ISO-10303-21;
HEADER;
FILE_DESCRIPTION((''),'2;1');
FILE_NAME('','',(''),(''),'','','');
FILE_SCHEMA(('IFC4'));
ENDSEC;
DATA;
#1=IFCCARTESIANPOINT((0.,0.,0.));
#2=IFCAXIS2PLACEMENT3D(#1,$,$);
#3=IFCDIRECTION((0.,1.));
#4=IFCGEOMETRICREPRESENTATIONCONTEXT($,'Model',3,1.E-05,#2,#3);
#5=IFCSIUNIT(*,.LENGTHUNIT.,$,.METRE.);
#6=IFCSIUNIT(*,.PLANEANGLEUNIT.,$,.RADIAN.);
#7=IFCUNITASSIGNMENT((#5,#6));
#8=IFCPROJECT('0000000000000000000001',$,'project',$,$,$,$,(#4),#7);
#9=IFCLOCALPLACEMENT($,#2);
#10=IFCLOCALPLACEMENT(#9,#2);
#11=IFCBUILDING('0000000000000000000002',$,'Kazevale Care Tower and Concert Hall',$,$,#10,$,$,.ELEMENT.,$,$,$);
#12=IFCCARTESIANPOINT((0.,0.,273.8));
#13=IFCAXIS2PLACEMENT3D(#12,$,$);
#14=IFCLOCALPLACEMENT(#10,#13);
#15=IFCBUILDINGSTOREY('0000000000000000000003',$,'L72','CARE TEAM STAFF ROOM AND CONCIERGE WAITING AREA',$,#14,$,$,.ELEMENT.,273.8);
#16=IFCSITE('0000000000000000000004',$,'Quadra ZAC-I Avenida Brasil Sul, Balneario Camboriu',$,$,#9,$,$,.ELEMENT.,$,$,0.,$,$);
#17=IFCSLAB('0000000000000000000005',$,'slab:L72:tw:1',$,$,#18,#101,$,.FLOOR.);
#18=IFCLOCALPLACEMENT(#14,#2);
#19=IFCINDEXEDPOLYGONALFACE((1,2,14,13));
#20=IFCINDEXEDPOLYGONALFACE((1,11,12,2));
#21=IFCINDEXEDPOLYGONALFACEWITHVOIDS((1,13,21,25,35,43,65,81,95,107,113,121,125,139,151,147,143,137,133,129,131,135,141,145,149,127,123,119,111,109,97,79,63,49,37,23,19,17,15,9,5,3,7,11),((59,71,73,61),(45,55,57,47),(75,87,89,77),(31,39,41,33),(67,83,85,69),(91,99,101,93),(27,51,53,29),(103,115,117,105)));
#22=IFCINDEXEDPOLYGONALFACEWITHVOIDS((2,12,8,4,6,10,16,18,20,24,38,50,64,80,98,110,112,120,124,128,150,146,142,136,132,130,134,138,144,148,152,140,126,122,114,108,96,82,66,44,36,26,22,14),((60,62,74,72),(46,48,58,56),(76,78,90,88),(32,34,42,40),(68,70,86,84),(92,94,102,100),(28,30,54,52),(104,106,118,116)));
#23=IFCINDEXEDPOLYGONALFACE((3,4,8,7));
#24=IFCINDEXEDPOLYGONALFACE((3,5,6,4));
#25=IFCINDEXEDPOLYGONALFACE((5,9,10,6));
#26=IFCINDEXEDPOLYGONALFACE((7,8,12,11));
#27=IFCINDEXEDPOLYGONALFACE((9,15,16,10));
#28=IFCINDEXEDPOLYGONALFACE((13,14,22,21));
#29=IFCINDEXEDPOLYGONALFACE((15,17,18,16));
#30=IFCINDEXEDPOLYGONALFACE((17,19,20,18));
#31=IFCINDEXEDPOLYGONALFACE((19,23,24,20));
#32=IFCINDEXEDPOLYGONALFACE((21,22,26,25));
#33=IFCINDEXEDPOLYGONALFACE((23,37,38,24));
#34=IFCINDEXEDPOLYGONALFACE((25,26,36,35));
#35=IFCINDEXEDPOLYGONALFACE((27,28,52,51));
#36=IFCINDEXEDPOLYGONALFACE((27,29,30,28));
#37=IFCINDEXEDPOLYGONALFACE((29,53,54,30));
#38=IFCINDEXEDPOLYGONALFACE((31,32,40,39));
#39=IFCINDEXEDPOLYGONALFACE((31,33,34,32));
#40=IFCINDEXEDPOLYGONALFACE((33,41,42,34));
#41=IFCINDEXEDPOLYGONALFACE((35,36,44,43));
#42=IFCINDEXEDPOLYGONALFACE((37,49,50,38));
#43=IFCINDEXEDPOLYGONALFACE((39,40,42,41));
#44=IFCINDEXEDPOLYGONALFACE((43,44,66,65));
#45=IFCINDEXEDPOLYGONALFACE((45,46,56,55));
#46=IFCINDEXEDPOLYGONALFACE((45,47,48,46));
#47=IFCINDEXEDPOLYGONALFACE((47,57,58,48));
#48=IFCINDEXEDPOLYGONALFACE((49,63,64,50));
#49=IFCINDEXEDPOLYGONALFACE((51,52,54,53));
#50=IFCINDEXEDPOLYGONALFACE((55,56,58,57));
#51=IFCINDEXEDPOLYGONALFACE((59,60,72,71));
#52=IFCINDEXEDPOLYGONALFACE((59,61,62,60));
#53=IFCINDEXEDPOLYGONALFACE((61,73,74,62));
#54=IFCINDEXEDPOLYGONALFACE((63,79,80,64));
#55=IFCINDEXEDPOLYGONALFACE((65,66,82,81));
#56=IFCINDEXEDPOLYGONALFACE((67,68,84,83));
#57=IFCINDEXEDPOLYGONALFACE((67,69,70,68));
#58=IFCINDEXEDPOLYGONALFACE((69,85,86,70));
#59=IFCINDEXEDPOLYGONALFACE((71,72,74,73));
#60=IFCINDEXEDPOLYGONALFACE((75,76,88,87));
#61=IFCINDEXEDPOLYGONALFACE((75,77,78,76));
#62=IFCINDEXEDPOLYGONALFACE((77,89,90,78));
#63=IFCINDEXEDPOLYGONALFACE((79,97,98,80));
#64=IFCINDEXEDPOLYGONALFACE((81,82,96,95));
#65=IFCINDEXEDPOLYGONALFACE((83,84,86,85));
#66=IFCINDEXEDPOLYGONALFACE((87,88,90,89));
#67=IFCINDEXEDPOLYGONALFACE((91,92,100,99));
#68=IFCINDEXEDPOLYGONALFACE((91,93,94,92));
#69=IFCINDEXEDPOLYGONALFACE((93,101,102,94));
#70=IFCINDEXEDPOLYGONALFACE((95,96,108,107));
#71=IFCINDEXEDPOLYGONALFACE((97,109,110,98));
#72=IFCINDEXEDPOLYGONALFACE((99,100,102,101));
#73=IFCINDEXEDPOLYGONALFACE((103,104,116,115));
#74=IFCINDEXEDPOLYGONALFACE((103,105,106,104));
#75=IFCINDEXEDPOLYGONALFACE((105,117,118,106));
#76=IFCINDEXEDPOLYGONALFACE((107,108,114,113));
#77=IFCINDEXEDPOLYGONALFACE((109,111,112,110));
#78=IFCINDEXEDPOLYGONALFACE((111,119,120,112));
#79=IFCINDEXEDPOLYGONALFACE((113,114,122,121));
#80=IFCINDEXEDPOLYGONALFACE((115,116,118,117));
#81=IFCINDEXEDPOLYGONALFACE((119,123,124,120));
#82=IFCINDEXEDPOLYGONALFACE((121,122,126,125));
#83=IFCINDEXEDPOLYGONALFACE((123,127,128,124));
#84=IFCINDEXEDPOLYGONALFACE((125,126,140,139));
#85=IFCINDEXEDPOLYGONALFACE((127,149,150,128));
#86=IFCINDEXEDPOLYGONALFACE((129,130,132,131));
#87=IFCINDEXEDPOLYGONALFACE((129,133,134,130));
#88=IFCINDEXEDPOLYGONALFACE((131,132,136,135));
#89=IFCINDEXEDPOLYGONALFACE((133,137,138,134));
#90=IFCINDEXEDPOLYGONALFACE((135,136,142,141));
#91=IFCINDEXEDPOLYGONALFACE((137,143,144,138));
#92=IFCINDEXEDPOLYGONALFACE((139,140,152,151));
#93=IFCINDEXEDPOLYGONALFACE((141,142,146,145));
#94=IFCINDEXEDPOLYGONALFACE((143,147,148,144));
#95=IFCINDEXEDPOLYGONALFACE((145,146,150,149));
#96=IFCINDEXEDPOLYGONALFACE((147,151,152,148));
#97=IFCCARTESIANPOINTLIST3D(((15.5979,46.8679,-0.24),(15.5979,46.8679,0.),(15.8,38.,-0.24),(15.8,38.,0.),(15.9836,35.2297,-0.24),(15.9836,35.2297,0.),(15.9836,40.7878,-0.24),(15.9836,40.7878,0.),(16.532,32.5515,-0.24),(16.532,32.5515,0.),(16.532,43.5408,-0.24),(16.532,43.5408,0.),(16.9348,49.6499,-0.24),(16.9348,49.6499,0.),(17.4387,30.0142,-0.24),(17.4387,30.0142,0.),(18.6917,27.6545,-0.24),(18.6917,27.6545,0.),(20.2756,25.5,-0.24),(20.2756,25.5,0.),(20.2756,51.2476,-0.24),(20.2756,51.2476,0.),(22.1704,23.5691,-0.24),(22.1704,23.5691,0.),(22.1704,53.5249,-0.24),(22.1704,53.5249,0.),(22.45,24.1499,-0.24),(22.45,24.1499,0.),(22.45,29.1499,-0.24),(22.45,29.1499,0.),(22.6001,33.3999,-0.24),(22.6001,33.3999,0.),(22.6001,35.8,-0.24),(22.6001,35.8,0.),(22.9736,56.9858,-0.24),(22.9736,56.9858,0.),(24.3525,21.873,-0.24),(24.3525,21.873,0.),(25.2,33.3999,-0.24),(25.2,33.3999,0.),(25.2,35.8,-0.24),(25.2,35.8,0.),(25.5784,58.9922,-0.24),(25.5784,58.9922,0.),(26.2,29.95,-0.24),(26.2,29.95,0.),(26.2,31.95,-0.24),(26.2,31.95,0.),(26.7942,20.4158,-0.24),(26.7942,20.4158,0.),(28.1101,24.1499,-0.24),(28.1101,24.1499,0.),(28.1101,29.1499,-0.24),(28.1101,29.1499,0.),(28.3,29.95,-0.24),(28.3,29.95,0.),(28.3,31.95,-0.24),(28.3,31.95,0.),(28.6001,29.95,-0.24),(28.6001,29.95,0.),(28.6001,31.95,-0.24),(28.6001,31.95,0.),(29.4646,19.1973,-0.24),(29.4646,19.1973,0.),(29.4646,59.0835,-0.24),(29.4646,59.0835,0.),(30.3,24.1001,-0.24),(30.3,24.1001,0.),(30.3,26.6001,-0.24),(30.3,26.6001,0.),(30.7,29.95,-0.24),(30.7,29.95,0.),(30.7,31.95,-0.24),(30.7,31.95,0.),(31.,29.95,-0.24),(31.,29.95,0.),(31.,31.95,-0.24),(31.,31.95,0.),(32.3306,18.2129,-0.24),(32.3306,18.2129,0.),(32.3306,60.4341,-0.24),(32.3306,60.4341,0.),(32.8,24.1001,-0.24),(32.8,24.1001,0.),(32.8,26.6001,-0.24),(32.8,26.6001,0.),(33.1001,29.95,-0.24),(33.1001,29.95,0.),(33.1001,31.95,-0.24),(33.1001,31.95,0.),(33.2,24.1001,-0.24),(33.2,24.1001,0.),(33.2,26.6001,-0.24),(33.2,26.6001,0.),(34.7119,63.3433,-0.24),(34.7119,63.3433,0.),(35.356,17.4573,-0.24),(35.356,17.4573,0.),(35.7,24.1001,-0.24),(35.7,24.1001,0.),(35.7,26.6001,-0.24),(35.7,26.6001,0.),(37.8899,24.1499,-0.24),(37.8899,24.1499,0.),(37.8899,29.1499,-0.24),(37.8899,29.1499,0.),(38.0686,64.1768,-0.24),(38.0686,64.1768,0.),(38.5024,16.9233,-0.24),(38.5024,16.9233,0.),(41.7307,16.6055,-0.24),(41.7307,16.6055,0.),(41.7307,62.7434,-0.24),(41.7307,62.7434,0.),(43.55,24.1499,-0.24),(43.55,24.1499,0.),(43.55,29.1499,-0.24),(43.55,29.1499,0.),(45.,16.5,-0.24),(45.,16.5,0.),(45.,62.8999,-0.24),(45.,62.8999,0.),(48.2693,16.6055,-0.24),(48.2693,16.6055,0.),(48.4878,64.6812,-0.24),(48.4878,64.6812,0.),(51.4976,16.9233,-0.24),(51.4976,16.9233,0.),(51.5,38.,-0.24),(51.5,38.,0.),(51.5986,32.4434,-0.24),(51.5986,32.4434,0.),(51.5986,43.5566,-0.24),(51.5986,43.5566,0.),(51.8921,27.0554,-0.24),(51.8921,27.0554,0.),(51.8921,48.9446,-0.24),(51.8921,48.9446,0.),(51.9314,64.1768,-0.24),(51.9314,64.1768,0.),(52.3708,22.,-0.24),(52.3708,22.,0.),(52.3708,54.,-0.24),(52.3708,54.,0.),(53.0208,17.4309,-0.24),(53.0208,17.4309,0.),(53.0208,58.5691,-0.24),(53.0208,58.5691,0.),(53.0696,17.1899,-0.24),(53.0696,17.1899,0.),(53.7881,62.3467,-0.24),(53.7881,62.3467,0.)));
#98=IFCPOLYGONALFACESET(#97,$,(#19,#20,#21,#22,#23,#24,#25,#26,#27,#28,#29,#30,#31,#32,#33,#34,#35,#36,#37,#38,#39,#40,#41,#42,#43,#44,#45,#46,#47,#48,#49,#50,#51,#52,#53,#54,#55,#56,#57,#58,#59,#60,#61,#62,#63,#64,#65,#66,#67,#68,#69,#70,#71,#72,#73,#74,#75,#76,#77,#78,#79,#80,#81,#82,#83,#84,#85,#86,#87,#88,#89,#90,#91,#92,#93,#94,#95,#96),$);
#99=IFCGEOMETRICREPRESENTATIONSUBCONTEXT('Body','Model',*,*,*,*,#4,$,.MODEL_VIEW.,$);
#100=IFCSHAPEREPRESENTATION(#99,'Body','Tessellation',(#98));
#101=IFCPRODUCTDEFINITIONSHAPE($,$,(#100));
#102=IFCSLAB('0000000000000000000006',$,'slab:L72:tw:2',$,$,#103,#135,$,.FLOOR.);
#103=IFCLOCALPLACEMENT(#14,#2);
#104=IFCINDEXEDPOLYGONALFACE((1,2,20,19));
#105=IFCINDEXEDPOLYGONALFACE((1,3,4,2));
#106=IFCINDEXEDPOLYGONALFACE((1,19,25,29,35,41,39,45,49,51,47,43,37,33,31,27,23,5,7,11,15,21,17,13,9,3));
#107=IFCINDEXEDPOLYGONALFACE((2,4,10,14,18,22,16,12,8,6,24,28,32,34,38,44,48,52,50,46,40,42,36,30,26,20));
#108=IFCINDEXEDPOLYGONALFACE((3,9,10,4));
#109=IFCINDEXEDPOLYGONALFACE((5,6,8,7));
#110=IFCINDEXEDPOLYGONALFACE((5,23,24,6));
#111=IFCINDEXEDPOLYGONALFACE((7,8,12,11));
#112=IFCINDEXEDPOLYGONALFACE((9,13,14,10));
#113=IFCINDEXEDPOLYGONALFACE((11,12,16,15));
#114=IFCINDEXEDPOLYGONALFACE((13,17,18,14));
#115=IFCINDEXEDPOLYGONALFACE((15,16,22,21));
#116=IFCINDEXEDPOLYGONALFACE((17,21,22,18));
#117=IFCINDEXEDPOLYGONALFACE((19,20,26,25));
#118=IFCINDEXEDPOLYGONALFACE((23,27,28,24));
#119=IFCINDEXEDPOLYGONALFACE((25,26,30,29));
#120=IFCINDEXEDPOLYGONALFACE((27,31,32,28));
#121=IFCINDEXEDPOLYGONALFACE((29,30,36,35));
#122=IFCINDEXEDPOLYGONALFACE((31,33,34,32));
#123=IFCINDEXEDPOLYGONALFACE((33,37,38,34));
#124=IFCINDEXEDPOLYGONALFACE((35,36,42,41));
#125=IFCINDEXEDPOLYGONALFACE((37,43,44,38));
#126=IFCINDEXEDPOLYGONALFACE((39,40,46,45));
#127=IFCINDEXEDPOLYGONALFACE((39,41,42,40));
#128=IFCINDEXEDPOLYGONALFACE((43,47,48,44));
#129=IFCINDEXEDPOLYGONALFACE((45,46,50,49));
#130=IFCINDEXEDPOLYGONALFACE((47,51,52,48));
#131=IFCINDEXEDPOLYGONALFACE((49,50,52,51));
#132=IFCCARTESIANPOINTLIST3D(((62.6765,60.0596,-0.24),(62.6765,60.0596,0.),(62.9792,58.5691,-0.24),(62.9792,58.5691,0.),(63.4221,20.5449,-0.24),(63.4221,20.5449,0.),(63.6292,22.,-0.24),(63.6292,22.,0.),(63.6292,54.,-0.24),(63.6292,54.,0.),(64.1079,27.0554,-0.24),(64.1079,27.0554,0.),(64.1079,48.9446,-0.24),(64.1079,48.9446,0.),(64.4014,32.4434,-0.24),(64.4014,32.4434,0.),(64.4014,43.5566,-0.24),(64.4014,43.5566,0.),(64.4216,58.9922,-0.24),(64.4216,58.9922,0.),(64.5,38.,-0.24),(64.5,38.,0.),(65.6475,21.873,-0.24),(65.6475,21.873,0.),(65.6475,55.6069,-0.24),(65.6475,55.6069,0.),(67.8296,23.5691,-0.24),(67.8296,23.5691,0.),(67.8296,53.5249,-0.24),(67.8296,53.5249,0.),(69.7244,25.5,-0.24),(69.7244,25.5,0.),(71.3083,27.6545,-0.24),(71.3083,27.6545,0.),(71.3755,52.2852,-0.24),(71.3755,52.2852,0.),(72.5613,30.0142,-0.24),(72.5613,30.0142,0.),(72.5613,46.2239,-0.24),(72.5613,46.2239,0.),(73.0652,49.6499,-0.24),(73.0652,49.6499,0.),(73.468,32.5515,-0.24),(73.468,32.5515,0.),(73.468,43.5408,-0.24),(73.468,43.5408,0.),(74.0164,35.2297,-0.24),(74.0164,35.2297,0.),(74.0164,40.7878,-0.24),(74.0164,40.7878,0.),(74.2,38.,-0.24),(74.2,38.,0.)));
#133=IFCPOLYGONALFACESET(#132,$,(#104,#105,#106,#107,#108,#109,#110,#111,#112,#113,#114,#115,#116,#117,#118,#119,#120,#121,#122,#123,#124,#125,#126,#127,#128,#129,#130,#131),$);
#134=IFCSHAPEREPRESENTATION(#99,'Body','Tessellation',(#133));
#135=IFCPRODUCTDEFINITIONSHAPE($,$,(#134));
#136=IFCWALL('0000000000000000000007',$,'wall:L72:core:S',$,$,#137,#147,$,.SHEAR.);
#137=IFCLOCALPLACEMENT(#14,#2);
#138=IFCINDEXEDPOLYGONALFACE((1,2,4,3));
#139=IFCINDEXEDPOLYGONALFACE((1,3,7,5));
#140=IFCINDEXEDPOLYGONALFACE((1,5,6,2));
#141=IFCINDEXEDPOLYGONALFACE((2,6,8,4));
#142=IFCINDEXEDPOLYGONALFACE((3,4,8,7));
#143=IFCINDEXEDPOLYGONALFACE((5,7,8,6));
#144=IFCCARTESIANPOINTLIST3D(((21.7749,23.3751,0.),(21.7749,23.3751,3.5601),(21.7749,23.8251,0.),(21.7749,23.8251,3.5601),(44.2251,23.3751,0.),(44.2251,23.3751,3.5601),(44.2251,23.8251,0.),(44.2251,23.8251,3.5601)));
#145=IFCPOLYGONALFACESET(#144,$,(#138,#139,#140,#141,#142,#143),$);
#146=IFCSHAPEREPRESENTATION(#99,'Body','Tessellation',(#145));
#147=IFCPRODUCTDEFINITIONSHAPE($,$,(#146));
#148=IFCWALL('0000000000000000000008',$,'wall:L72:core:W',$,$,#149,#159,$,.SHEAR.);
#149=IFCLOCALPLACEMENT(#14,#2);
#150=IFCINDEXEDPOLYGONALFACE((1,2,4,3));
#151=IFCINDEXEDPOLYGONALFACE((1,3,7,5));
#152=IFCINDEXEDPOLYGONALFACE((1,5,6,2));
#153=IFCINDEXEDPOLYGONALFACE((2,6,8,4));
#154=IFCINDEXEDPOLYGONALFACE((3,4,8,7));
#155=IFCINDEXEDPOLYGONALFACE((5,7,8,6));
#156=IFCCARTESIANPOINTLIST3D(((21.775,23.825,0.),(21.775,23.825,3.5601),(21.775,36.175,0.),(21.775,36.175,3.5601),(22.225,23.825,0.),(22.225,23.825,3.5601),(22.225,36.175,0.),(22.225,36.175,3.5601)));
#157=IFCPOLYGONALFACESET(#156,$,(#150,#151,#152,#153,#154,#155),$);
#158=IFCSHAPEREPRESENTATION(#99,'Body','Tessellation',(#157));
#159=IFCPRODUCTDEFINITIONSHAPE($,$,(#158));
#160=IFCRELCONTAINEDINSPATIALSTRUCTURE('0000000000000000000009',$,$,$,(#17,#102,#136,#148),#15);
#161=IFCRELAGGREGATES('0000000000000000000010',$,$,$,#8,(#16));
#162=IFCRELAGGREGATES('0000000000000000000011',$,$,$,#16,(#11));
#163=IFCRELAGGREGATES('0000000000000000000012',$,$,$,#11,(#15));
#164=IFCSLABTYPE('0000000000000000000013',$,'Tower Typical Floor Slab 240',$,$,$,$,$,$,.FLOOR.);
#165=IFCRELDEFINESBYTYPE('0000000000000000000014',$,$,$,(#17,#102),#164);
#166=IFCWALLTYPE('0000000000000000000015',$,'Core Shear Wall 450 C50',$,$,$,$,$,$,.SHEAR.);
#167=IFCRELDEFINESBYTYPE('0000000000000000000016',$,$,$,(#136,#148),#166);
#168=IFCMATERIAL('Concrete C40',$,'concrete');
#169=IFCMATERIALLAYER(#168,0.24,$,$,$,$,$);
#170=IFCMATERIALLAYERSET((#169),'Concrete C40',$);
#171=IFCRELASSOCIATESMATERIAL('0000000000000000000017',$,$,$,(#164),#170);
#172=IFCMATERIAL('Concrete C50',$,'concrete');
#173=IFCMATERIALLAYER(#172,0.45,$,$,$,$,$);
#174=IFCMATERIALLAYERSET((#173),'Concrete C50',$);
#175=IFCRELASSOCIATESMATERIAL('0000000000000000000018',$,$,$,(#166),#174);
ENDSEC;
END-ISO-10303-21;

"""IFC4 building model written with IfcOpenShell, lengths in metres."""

from ifc_helpers import new_model, si_unit, direction, frame, frame_2d, origin, place, context, subcontext, project, spatial, polyline, rectangle, outline, extrude, material, layer, layer_set, type_object, element, save


model = new_model("IFC4")

# Units and contexts
model_context = context("Model", 3, precision=1e-05, world=origin(), true_north=direction((0.0, 1.0)))
body_context = subcontext(model_context, "Body", "Model", "MODEL_VIEW")
ifc_project = project(units=[si_unit("LENGTHUNIT", "METRE"), si_unit("PLANEANGLEUNIT", "RADIAN")], contexts=[model_context])

# Site, building, storey
site_placement = place(None, origin())
site = spatial("IfcSite", under=ifc_project, at=site_placement, Name="Quadra ZAC-I Avenida Brasil Sul, Balneario Camboriu", CompositionType="ELEMENT", RefElevation=0.0)
building_placement = place(site_placement, origin())
building = spatial("IfcBuilding", under=site, at=building_placement, Name="Kazevale Care Tower and Concert Hall", CompositionType="ELEMENT")
storey_placement = place(building_placement, frame((0.0, 0.0, 273.8)))
storey = spatial("IfcBuildingStorey", under=building, at=storey_placement, Name="L72", Description="CARE TEAM STAFF ROOM AND CONCIERGE WAITING AREA", CompositionType="ELEMENT", Elevation=273.8)

# Shared definitions
ifc_material_1 = material(Name="Concrete C50", Category="concrete")

# Shared definitions
ifc_material_2 = material(Name="Concrete C40", Category="concrete")

# Slabs
ifc_layer_1 = layer(ifc_material_2, 0.24)
ifc_layer_set_1 = layer_set([ifc_layer_1], Name="Concrete C40")
slab_type_1 = type_object("IfcSlabType", Name="Tower Typical Floor Slab 240", PredefinedType="FLOOR", material=ifc_layer_set_1)
slab_1_placement = place(storey_placement, frame((0.0, 0.0, -0.24)))
element("IfcSlab", 1, at=slab_1_placement, inside=storey, type_object=slab_type_1, Name="slab:L72:tw:1", PredefinedType="FLOOR", context=body_context, shape_type="SweptSolid", body=[
    extrude(outline(polyline([(51.4976, 16.9233), (48.2693, 16.6055), (45.0, 16.5), (41.7307, 16.6055), (38.5024, 16.9233), (35.356, 17.4573), (32.3306, 18.2129), (29.4646, 19.1973), (26.7942, 20.4158), (24.3525, 21.873), (22.1704, 23.5691), (20.2756, 25.5), (18.6917, 27.6545), (17.4387, 30.0142), (16.532, 32.5515), (15.9836, 35.2297), (15.8, 38.0), (15.9836, 40.7878), (16.532, 43.5408), (15.5979, 46.8679), (16.9348, 49.6499), (20.2756, 51.2476), (22.1704, 53.5249), (22.9736, 56.9858), (25.5784, 58.9922), (29.4646, 59.0835), (32.3306, 60.4341), (34.7119, 63.3433), (38.0686, 64.1768), (41.7307, 62.7434), (45.0, 62.8999), (48.4878, 64.6812), (51.9314, 64.1768), (53.7881, 62.3467), (53.0208, 58.5691), (52.3708, 54.0), (51.8921, 48.9446), (51.5986, 43.5566), (51.5, 38.0), (51.5986, 32.4434), (51.8921, 27.0554), (52.3708, 22.0), (53.0208, 17.4309), (53.0696, 17.1899), (51.4976, 16.9233)]), holes=[polyline([(22.45, 24.1499), (28.1101, 24.1499), (28.1101, 29.1499), (22.45, 29.1499), (22.45, 24.1499)]), polyline([(37.8899, 24.1499), (43.55, 24.1499), (43.55, 29.1499), (37.8899, 29.1499), (37.8899, 24.1499)]), polyline([(30.3, 24.1001), (32.8, 24.1001), (32.8, 26.6001), (30.3, 26.6001), (30.3, 24.1001)]), polyline([(33.2, 24.1001), (35.7, 24.1001), (35.7, 26.6001), (33.2, 26.6001), (33.2, 24.1001)]), polyline([(22.6001, 33.3999), (25.2, 33.3999), (25.2, 35.8), (22.6001, 35.8), (22.6001, 33.3999)]), polyline([(26.2, 29.95), (28.3, 29.95), (28.3, 31.95), (26.2, 31.95), (26.2, 29.95)]), polyline([(28.6001, 29.95), (30.7, 29.95), (30.7, 31.95), (28.6001, 31.95), (28.6001, 29.95)]), polyline([(31.0, 29.95), (33.1001, 29.95), (33.1001, 31.95), (31.0, 31.95), (31.0, 29.95)])]), origin(), (0.0, 0.0, 1.0), 0.24),
])
slab_2_placement = place(storey_placement, frame((0.0, 0.0, -0.24)))
element("IfcSlab", 2, at=slab_2_placement, inside=storey, type_object=slab_type_1, Name="slab:L72:tw:2", PredefinedType="FLOOR", context=body_context, shape_type="SweptSolid", body=[
    extrude(outline(polyline([(64.4216, 58.9922), (65.6475, 55.6069), (67.8296, 53.5249), (71.3755, 52.2852), (73.0652, 49.6499), (72.5613, 46.2239), (73.468, 43.5408), (74.0164, 40.7878), (74.2, 38.0), (74.0164, 35.2297), (73.468, 32.5515), (72.5613, 30.0142), (71.3083, 27.6545), (69.7244, 25.5), (67.8296, 23.5691), (65.6475, 21.873), (63.4221, 20.5449), (63.6292, 22.0), (64.1079, 27.0554), (64.4014, 32.4434), (64.5, 38.0), (64.4014, 43.5566), (64.1079, 48.9446), (63.6292, 54.0), (62.9792, 58.5691), (62.6765, 60.0596), (64.4216, 58.9922)])), origin(), (0.0, 0.0, 1.0), 0.24),
])

# Walls
ifc_layer_2 = layer(ifc_material_1, 0.45)
ifc_layer_set_2 = layer_set([ifc_layer_2], Name="Concrete C50")
wall_type_1 = type_object("IfcWallType", Name="Core Shear Wall 450 C50", PredefinedType="SHEAR", material=ifc_layer_set_2)
wall_1_placement = place(storey_placement, frame((21.7749, 23.6001, 0.0), z_axis=(0.0, 0.0, 1.0), x_axis=(1.0, 0.0, 0.0)))
element("IfcWall", 3, at=wall_1_placement, inside=storey, type_object=wall_type_1, Name="wall:L72:core:S", PredefinedType="SHEAR", context=body_context, shape_type="SweptSolid", body=[
    extrude(rectangle(XDim=22.4502, YDim=0.45, at=frame_2d((11.2251, 0.0))), origin(), (0.0, 0.0, 1.0), 3.5601),
])
wall_2_placement = place(storey_placement, frame((22.0, 23.825, 0.0), z_axis=(0.0, 0.0, 1.0), x_axis=(0.0, 1.0, 0.0)))
element("IfcWall", 4, at=wall_2_placement, inside=storey, type_object=wall_type_1, Name="wall:L72:core:W", PredefinedType="SHEAR", context=body_context, shape_type="SweptSolid", body=[
    extrude(rectangle(XDim=12.3501, YDim=0.45, at=frame_2d((6.175, 0.0))), origin(), (0.0, 0.0, 1.0), 3.5601),
])

save(model, "model.ifc")
